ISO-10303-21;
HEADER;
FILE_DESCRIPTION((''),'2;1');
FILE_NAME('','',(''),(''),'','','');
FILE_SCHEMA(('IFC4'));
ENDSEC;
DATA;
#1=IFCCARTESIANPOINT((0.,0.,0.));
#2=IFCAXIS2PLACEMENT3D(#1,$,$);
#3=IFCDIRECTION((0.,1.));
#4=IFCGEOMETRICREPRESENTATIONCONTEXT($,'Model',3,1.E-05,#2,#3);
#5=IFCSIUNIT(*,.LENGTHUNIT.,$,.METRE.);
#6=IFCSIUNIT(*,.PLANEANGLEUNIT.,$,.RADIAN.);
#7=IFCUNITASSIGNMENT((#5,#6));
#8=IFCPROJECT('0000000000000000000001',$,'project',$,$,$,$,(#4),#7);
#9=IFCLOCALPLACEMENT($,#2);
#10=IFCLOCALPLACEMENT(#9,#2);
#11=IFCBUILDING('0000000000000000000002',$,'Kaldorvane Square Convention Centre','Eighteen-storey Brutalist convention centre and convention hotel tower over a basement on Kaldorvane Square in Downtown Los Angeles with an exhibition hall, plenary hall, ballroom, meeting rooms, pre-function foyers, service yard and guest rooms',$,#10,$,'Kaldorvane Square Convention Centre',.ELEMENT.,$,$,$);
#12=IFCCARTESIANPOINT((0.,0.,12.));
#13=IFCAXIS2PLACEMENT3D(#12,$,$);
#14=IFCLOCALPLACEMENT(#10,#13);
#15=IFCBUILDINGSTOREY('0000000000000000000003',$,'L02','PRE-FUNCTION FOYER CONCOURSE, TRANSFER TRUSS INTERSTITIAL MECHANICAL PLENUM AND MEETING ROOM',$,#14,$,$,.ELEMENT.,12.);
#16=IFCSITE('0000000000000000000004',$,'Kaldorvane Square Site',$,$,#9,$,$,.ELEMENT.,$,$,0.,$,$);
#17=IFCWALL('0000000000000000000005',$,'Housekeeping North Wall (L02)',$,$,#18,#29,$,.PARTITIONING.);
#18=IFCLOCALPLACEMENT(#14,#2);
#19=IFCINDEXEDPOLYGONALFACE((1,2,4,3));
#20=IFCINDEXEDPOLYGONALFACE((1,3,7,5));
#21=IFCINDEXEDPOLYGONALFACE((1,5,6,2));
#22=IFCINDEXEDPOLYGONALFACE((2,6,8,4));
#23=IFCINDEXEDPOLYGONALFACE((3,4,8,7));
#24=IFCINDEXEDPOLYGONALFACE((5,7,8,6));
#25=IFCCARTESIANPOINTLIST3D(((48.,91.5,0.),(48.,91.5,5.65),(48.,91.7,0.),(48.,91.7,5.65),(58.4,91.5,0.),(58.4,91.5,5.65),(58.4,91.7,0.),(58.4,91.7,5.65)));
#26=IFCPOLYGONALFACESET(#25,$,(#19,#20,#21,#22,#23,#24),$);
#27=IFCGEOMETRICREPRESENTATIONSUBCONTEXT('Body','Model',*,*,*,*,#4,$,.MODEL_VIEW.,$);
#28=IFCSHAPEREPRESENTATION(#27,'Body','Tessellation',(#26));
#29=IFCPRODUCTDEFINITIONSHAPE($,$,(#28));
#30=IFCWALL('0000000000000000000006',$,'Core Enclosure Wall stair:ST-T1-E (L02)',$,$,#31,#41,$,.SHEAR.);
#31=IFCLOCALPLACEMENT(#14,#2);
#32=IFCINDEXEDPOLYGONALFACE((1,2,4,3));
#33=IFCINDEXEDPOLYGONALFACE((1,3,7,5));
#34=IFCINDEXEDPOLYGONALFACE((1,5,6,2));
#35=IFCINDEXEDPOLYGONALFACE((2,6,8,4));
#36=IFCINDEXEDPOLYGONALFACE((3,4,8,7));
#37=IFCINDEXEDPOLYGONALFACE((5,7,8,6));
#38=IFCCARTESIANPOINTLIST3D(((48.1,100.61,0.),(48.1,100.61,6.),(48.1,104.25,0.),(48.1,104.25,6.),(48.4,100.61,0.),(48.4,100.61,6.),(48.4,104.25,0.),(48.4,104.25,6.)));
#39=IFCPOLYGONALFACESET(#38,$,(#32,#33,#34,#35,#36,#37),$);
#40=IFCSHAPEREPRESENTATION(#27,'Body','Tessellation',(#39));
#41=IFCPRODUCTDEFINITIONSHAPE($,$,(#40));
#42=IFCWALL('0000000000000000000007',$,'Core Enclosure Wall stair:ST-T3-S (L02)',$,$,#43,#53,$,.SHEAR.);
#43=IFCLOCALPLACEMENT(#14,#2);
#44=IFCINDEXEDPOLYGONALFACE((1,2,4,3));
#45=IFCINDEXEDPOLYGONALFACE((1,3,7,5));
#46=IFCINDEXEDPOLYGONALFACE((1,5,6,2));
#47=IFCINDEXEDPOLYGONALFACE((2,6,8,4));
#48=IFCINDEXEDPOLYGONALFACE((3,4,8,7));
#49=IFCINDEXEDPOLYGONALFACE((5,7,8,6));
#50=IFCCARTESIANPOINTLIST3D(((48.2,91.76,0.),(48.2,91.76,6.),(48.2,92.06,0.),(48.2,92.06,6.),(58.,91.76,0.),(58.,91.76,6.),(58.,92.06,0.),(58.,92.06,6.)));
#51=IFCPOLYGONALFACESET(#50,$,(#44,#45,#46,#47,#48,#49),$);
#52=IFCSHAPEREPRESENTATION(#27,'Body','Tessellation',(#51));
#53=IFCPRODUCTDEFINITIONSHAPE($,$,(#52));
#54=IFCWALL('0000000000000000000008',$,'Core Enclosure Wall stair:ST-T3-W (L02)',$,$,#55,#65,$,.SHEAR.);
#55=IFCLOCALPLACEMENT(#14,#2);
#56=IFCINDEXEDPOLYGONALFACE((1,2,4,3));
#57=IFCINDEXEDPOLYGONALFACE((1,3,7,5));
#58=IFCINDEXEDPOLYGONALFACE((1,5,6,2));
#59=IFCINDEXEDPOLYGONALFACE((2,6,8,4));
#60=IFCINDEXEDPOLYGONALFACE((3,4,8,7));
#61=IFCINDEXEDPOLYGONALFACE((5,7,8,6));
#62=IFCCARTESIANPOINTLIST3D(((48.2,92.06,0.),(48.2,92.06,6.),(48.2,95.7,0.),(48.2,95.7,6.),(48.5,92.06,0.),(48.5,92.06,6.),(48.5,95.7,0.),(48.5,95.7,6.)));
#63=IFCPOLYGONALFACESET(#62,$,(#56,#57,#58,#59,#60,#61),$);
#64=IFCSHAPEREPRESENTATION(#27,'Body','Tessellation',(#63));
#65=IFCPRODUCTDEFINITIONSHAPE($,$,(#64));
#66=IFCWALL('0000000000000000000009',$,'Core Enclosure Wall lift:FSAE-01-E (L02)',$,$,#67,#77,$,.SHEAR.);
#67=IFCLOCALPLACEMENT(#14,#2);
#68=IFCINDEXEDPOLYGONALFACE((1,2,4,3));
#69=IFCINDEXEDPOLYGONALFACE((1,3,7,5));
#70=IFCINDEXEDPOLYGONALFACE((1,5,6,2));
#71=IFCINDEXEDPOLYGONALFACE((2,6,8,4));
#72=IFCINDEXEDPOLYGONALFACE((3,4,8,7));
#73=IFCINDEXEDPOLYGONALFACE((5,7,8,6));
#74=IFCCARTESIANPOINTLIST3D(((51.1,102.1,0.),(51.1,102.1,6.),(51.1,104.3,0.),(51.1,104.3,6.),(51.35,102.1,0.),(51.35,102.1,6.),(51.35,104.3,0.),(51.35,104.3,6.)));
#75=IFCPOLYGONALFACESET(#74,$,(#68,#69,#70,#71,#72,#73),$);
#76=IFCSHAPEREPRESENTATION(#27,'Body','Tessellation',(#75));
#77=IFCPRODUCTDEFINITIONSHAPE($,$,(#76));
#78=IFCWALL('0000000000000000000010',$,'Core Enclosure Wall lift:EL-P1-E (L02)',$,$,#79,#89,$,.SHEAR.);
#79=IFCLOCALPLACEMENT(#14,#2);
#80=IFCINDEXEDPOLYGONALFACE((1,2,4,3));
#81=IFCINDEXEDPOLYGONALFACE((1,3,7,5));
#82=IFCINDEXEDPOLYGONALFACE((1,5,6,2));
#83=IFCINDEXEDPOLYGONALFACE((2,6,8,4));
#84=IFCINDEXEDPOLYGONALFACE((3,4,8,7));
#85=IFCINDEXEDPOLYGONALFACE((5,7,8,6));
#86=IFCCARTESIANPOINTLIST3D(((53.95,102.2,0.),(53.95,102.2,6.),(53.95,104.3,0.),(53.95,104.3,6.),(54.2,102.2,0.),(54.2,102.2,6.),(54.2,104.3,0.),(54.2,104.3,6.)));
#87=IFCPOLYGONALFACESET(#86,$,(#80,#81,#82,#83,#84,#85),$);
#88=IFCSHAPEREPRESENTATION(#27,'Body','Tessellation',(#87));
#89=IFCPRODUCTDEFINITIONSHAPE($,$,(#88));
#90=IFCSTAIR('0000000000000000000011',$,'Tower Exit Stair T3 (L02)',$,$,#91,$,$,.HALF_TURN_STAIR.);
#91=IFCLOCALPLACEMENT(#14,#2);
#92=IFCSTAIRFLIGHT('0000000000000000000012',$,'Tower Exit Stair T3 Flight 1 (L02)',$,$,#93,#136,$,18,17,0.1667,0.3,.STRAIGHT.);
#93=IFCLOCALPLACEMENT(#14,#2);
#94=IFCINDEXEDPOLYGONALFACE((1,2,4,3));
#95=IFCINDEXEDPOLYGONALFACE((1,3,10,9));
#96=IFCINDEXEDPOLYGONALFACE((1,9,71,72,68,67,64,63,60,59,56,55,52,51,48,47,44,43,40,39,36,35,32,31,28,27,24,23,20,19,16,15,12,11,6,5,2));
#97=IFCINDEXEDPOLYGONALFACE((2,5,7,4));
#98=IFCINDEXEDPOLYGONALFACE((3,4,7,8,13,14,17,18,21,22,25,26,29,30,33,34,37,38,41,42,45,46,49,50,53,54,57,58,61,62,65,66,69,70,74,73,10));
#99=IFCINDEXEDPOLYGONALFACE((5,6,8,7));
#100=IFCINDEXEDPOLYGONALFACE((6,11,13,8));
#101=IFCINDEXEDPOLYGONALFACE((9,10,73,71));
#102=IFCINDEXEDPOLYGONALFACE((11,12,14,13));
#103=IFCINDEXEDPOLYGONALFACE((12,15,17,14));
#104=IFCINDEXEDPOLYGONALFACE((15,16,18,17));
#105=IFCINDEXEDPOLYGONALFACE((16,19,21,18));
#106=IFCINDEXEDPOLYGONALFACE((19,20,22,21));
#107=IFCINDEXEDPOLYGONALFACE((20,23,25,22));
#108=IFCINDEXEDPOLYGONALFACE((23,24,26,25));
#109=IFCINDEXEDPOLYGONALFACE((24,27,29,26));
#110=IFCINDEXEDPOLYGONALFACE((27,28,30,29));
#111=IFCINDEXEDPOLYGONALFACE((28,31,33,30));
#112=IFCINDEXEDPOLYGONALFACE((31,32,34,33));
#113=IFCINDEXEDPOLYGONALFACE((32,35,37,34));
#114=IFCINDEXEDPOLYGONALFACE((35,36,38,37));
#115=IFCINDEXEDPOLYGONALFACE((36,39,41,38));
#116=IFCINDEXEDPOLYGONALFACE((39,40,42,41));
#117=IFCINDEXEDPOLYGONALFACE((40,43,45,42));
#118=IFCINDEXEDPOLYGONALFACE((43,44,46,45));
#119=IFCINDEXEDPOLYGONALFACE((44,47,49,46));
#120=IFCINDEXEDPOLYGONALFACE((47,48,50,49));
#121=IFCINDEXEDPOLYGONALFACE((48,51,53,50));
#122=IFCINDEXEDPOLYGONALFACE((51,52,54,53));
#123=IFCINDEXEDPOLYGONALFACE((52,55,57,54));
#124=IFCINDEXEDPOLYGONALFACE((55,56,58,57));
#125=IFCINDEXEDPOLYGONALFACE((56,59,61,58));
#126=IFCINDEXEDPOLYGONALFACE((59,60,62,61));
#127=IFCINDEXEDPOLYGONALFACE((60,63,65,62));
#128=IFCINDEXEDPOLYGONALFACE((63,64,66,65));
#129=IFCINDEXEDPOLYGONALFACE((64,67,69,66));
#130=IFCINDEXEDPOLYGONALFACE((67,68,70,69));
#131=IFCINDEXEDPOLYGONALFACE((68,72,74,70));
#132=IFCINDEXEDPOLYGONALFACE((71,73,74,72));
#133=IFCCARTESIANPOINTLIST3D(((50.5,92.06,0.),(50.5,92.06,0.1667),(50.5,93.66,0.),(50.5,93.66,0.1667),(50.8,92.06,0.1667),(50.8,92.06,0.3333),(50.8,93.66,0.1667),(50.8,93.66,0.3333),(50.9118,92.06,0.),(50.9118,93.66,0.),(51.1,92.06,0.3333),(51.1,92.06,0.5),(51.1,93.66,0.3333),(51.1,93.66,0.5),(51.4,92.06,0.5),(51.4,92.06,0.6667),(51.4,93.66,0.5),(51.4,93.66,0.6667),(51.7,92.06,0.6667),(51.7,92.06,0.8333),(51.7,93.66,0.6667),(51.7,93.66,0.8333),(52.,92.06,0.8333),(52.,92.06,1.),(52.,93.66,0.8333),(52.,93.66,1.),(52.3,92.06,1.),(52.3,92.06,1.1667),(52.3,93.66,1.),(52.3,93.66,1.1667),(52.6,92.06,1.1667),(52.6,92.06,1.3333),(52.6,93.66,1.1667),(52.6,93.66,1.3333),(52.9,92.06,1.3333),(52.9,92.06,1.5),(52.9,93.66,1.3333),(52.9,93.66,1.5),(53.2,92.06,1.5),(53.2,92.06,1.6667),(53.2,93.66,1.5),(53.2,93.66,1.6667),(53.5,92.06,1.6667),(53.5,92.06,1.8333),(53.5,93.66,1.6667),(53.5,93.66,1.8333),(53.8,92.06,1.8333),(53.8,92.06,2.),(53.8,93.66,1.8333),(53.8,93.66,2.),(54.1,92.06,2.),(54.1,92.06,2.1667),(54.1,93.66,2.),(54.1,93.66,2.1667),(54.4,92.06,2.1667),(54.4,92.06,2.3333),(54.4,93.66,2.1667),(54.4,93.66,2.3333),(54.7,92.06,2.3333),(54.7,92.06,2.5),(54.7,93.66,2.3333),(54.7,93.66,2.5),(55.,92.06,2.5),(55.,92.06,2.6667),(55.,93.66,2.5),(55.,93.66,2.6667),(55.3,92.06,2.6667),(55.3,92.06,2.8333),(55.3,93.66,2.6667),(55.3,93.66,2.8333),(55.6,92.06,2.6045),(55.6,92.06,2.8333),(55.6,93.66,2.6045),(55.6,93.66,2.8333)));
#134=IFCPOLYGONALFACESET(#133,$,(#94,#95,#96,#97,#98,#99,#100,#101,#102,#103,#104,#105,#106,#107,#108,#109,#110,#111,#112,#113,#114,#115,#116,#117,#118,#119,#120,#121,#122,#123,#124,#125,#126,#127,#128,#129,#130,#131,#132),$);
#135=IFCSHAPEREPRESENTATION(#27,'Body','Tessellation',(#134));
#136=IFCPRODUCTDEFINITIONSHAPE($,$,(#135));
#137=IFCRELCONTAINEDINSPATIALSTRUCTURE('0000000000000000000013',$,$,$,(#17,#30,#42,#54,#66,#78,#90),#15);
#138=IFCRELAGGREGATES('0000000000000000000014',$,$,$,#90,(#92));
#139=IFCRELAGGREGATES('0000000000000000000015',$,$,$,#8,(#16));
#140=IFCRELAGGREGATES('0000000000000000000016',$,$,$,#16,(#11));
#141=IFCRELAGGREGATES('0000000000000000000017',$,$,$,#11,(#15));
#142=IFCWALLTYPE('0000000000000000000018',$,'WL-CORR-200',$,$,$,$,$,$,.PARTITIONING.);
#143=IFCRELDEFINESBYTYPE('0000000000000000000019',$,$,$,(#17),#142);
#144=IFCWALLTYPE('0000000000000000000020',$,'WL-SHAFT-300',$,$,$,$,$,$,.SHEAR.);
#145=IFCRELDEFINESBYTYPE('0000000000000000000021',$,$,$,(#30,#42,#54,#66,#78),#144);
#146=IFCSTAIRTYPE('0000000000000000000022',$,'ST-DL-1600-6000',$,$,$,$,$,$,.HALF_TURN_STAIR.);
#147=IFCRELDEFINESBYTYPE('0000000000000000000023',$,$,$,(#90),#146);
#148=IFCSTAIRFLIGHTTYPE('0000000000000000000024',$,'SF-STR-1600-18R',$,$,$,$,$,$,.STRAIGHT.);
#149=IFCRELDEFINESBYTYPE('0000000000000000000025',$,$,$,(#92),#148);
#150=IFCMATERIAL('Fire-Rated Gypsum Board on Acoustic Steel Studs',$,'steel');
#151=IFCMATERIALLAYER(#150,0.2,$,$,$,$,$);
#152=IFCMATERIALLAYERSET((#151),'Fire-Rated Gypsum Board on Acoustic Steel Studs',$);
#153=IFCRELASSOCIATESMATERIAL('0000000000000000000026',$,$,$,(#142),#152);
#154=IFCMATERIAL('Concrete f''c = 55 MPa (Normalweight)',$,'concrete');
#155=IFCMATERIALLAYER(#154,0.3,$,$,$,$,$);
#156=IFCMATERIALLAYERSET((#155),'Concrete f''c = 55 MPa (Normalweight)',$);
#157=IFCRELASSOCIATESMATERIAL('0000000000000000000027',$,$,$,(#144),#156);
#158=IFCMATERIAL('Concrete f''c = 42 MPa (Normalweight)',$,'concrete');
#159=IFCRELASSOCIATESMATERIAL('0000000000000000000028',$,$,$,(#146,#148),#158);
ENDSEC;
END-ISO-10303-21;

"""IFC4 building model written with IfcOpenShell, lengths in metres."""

from ifc_helpers import new_model, si_unit, direction, frame, frame_2d, origin, place, context, subcontext, project, spatial, polyline, rectangle, outline, extrude, material, layer, layer_set, type_object, element, aggregate, save


model = new_model("IFC4")

# Units and contexts
model_context = context("Model", 3, precision=1e-05, world=origin(), true_north=direction((0.0, 1.0)))
body_context = subcontext(model_context, "Body", "Model", "MODEL_VIEW")
ifc_project = project(units=[si_unit("LENGTHUNIT", "METRE"), si_unit("PLANEANGLEUNIT", "RADIAN")], contexts=[model_context])

# Site, building, storey
site_placement = place(None, origin())
site = spatial("IfcSite", under=ifc_project, at=site_placement, Name="Kaldorvane Square Site", CompositionType="ELEMENT", RefElevation=0.0)
building_placement = place(site_placement, origin())
building = spatial("IfcBuilding", under=site, at=building_placement, Name="Kaldorvane Square Convention Centre", Description="Eighteen-storey Brutalist convention centre and convention hotel tower over a basement on Kaldorvane Square in Downtown Los Angeles with an exhibition hall, plenary hall, ballroom, meeting rooms, pre-function foyers, service yard and guest rooms", LongName="Kaldorvane Square Convention Centre", CompositionType="ELEMENT")
storey_placement = place(building_placement, frame((0.0, 0.0, 12.0)))
storey = spatial("IfcBuildingStorey", under=building, at=storey_placement, Name="L02", Description="PRE-FUNCTION FOYER CONCOURSE, TRANSFER TRUSS INTERSTITIAL MECHANICAL PLENUM AND MEETING ROOM", CompositionType="ELEMENT", Elevation=12.0)

# Walls
ifc_material_1 = material(Name="Fire-Rated Gypsum Board on Acoustic Steel Studs", Category="steel")
ifc_layer_1 = layer(ifc_material_1, 0.2)
ifc_layer_set_1 = layer_set([ifc_layer_1], Name="Fire-Rated Gypsum Board on Acoustic Steel Studs")
wall_type_1 = type_object("IfcWallType", Name="WL-CORR-200", PredefinedType="PARTITIONING", material=ifc_layer_set_1)
wall_1_placement = place(storey_placement, frame((48.0, 91.6, 0.0), z_axis=(0.0, 0.0, 1.0), x_axis=(1.0, 0.0, 0.0)))
element("IfcWall", 1, at=wall_1_placement, inside=storey, type_object=wall_type_1, Name="Housekeeping North Wall (L02)", PredefinedType="PARTITIONING", context=body_context, shape_type="SweptSolid", body=[
    extrude(rectangle(XDim=10.4, YDim=0.2, at=frame_2d((5.2, 0.0))), origin(), (0.0, 0.0, 1.0), 5.65),
])
ifc_material_2 = material(Name="Concrete f'c = 55 MPa (Normalweight)", Category="concrete")
ifc_layer_2 = layer(ifc_material_2, 0.3)
ifc_layer_set_2 = layer_set([ifc_layer_2], Name="Concrete f'c = 55 MPa (Normalweight)")
wall_type_2 = type_object("IfcWallType", Name="WL-SHAFT-300", PredefinedType="SHEAR", material=ifc_layer_set_2)
wall_2_placement = place(storey_placement, frame((48.25, 100.61, 0.0), z_axis=(0.0, 0.0, 1.0), x_axis=(0.0, 1.0, 0.0)))
element("IfcWall", 2, at=wall_2_placement, inside=storey, type_object=wall_type_2, Name="Core Enclosure Wall stair:ST-T1-E (L02)", PredefinedType="SHEAR", context=body_context, shape_type="SweptSolid", body=[
    extrude(rectangle(XDim=3.64, YDim=0.3, at=frame_2d((1.82, 0.0))), origin(), (0.0, 0.0, 1.0), 6.0),
])
wall_3_placement = place(storey_placement, frame((48.2, 91.91, 0.0), z_axis=(0.0, 0.0, 1.0), x_axis=(1.0, 0.0, 0.0)))
element("IfcWall", 3, at=wall_3_placement, inside=storey, type_object=wall_type_2, Name="Core Enclosure Wall stair:ST-T3-S (L02)", PredefinedType="SHEAR", context=body_context, shape_type="SweptSolid", body=[
    extrude(rectangle(XDim=9.8, YDim=0.3, at=frame_2d((4.9, 0.0))), origin(), (0.0, 0.0, 1.0), 6.0),
])
wall_4_placement = place(storey_placement, frame((48.35, 95.7, 0.0), z_axis=(0.0, 0.0, 1.0), x_axis=(0.0, -1.0, 0.0)))
element("IfcWall", 4, at=wall_4_placement, inside=storey, type_object=wall_type_2, Name="Core Enclosure Wall stair:ST-T3-W (L02)", PredefinedType="SHEAR", context=body_context, shape_type="SweptSolid", body=[
    extrude(rectangle(XDim=3.64, YDim=0.3, at=frame_2d((1.82, 0.0))), origin(), (0.0, 0.0, 1.0), 6.0),
])

# Wall
wall_5_placement = place(storey_placement, frame((51.225, 102.1, 0.0), z_axis=(0.0, 0.0, 1.0), x_axis=(0.0, 1.0, 0.0)))
element("IfcWall", 5, at=wall_5_placement, inside=storey, type_object=wall_type_2, Name="Core Enclosure Wall lift:FSAE-01-E (L02)", PredefinedType="SHEAR", context=body_context, shape_type="SweptSolid", body=[
    extrude(rectangle(XDim=2.2, YDim=0.25, at=frame_2d((1.1, 0.0))), origin(), (0.0, 0.0, 1.0), 6.0),
])

# Wall
wall_6_placement = place(storey_placement, frame((54.075, 102.2, 0.0), z_axis=(0.0, 0.0, 1.0), x_axis=(0.0, 1.0, 0.0)))
element("IfcWall", 6, at=wall_6_placement, inside=storey, type_object=wall_type_2, Name="Core Enclosure Wall lift:EL-P1-E (L02)", PredefinedType="SHEAR", context=body_context, shape_type="SweptSolid", body=[
    extrude(rectangle(XDim=2.1, YDim=0.25, at=frame_2d((1.05, 0.0))), origin(), (0.0, 0.0, 1.0), 6.0),
])

# Stair, stair flight
ifc_material_3 = material(Name="Concrete f'c = 42 MPa (Normalweight)", Category="concrete")
stair_type = type_object("IfcStairType", Name="ST-DL-1600-6000", PredefinedType="HALF_TURN_STAIR", material=ifc_material_3)
stair_placement = place(storey_placement, origin())
stair = element("IfcStair", 7, at=stair_placement, inside=storey, type_object=stair_type, Name="Tower Exit Stair T3 (L02)", PredefinedType="HALF_TURN_STAIR")
stair_flight_type = type_object("IfcStairFlightType", Name="SF-STR-1600-18R", PredefinedType="STRAIGHT", material=ifc_material_3)
stair_flight_placement = place(storey_placement, frame((50.5, 92.86, 0.0), z_axis=(0.0, 0.0, 1.0), x_axis=(1.0, 0.0, 0.0)))
stair_flight = element("IfcStairFlight", 8, at=stair_flight_placement, type_object=stair_flight_type, Name="Tower Exit Stair T3 Flight 1 (L02)", NumberOfRisers=18, NumberOfTreads=17, PredefinedType="STRAIGHT", RiserHeight=0.1667, TreadLength=0.3, context=body_context, shape_type="SweptSolid", body=[
    extrude(outline(polyline([(0.0, 0.0), (0.0, 0.1667), (0.3, 0.1667), (0.3, 0.3333), (0.6, 0.3333), (0.6, 0.5), (0.9, 0.5), (0.9, 0.6667), (1.2, 0.6667), (1.2, 0.8333), (1.5, 0.8333), (1.5, 1.0), (1.8, 1.0), (1.8, 1.1667), (2.1, 1.1667), (2.1, 1.3333), (2.4, 1.3333), (2.4, 1.5), (2.7, 1.5), (2.7, 1.6667), (3.0, 1.6667), (3.0, 1.8333), (3.3, 1.8333), (3.3, 2.0), (3.6, 2.0), (3.6, 2.1667), (3.9, 2.1667), (3.9, 2.3333), (4.2, 2.3333), (4.2, 2.5), (4.5, 2.5), (4.5, 2.6667), (4.8, 2.6667), (4.8, 2.8333), (5.1, 2.8333), (5.1, 3.0), (5.1, 2.6045), (0.4118, 0.0), (0.0, 0.0)])), frame((0.0, 0.8, 0.0), z_axis=(0.0, -1.0, 0.0), x_axis=(1.0, 0.0, 0.0)), (0.0, 0.0, 1.0), 1.6),
])
aggregate(stair, [stair_flight])

save(model, "model.ifc")
